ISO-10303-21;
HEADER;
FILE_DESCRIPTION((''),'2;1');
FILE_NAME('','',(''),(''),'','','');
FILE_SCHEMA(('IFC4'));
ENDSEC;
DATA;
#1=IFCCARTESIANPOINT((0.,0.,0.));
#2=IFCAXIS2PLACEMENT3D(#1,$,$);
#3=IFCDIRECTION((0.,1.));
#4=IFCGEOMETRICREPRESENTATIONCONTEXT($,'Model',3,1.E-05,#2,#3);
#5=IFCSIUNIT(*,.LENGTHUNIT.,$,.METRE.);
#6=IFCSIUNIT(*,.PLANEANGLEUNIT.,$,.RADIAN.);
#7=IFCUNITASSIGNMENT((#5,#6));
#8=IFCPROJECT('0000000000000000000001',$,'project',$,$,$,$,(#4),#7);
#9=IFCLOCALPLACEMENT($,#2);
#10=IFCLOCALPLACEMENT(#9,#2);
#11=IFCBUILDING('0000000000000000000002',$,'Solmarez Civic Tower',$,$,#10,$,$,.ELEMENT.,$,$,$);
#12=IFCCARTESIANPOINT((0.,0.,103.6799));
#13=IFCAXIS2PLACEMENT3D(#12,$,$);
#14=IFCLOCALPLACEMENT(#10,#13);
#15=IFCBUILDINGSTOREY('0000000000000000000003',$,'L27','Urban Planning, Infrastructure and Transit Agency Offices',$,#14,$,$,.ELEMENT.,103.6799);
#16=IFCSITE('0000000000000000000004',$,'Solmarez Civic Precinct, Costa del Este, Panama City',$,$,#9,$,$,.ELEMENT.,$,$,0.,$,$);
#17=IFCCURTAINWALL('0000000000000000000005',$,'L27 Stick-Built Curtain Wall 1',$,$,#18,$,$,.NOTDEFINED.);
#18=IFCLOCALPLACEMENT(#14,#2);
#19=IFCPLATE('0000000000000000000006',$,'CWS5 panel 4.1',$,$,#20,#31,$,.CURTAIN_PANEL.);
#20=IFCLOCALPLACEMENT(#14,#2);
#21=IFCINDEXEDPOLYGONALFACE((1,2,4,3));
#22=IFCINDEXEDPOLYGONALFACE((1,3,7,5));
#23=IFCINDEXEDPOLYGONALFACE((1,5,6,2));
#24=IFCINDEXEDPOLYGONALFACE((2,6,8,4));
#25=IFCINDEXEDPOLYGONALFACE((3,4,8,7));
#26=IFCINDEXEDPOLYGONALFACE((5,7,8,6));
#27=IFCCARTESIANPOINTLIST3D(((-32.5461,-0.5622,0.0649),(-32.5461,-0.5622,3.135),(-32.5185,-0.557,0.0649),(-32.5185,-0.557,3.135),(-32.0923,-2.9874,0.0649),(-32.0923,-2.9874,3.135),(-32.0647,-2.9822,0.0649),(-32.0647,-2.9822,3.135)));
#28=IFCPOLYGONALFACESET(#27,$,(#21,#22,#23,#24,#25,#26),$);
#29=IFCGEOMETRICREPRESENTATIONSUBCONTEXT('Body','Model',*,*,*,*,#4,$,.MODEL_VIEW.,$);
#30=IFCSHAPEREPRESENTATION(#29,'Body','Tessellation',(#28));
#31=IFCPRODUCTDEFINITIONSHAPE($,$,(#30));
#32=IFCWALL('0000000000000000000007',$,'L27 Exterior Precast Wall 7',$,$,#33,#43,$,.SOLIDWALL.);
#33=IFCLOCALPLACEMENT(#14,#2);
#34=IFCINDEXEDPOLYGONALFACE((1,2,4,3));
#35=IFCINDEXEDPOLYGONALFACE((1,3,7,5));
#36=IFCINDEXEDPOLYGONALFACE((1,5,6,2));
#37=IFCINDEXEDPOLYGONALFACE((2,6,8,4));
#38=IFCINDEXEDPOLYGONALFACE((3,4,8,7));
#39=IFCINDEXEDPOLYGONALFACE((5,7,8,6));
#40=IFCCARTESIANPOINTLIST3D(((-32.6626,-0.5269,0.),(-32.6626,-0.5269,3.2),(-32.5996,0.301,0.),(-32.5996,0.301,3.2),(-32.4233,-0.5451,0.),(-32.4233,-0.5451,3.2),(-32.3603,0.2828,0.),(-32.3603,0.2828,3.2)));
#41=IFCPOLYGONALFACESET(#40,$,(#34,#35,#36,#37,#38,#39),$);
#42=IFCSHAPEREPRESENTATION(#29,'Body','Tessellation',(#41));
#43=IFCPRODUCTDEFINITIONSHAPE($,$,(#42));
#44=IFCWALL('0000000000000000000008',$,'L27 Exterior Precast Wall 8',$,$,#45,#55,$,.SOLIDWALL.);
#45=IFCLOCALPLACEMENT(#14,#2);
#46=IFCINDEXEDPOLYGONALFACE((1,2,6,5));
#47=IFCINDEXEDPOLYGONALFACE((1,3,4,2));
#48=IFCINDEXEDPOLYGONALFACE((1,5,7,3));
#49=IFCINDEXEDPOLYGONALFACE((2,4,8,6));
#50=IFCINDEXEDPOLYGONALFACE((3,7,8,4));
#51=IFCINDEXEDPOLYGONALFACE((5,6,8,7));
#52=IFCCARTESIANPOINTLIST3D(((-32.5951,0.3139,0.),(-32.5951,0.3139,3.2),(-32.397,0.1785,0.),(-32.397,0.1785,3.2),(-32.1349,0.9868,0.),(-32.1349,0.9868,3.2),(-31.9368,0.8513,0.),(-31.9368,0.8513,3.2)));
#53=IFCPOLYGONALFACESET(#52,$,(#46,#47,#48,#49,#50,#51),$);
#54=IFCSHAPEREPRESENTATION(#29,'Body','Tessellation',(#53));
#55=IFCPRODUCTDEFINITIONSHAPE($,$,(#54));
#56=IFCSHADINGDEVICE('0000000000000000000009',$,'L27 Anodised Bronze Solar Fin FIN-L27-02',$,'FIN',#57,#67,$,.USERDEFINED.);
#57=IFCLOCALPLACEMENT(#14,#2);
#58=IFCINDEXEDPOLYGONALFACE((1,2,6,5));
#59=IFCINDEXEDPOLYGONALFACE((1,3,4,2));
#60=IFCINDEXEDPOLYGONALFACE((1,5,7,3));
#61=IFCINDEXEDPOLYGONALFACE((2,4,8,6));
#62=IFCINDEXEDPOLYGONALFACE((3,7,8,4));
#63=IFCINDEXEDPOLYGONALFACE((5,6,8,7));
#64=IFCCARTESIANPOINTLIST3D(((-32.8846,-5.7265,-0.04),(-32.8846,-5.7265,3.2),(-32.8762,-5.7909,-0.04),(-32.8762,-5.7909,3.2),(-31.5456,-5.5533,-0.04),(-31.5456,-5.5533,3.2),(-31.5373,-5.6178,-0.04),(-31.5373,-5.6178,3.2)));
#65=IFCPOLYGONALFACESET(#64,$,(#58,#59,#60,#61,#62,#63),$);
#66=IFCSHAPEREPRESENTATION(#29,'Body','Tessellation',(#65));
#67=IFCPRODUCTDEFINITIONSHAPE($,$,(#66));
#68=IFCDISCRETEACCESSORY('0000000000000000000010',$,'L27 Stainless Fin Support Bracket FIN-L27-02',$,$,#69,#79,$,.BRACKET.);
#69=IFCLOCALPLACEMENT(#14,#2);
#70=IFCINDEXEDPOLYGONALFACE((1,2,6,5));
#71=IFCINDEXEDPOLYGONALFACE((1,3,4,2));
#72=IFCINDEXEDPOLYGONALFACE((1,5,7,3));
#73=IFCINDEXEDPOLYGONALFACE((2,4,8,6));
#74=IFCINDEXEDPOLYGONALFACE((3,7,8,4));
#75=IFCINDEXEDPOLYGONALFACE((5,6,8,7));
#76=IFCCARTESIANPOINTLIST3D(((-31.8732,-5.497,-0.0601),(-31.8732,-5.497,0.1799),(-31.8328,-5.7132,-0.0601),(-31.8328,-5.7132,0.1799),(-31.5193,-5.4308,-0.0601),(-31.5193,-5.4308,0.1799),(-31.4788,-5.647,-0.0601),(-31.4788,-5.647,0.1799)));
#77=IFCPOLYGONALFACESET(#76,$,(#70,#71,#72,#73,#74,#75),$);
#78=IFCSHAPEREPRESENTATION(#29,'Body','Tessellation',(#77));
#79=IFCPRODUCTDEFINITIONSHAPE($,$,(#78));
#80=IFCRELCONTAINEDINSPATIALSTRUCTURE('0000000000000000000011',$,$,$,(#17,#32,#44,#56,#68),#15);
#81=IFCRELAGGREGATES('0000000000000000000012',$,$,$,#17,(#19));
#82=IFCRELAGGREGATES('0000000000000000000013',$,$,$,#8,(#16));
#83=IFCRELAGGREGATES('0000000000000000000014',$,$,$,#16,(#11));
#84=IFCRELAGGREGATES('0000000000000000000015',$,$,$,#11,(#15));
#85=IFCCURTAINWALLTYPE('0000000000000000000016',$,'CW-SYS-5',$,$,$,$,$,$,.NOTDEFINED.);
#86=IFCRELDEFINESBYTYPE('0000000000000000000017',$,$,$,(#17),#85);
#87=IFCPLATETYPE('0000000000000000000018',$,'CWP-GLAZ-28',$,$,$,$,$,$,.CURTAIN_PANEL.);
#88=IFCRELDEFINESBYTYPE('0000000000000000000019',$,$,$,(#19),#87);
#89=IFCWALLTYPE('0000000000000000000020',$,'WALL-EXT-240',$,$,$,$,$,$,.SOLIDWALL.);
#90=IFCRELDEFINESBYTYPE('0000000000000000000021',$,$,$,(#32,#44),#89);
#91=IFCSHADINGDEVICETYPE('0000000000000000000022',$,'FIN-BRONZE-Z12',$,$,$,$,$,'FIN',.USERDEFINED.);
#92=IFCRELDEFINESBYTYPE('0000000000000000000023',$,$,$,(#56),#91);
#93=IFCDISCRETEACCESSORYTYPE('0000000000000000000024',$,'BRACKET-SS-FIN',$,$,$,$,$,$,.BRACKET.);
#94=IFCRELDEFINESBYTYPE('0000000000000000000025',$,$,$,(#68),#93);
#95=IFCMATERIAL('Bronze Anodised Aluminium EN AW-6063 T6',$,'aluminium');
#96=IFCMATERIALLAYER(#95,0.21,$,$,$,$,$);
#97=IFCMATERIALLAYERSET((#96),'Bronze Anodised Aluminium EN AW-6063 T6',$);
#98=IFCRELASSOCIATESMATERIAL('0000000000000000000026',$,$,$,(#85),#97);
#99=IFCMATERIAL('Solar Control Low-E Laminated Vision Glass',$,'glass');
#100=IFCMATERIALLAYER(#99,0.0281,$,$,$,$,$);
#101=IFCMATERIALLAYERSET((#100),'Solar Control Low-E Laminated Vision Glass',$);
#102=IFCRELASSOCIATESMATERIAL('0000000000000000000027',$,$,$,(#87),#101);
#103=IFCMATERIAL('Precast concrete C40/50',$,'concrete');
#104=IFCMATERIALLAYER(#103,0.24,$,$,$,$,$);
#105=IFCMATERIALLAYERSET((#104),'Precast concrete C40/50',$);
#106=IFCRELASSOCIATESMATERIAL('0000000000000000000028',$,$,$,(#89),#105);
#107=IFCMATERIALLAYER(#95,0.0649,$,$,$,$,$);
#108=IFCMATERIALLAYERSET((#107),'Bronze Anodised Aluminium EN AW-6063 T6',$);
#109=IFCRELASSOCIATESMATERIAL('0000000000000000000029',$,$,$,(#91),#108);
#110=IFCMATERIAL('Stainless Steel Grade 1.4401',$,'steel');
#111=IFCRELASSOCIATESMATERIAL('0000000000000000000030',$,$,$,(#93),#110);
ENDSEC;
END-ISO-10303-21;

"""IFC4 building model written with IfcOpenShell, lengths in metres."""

from ifc_helpers import new_model, si_unit, direction, frame, frame_2d, origin, origin_2d, place, context, subcontext, project, spatial, rectangle, extrude, material, layer, layer_set, type_object, element, aggregate, save


model = new_model("IFC4")

# Units and contexts
model_context = context("Model", 3, precision=1e-05, world=origin(), true_north=direction((0.0, 1.0)))
body_context = subcontext(model_context, "Body", "Model", "MODEL_VIEW")
ifc_project = project(units=[si_unit("LENGTHUNIT", "METRE"), si_unit("PLANEANGLEUNIT", "RADIAN")], contexts=[model_context])

# Site, building, storey
site_placement = place(None, origin())
site = spatial("IfcSite", under=ifc_project, at=site_placement, Name="Solmarez Civic Precinct, Costa del Este, Panama City", CompositionType="ELEMENT", RefElevation=0.0)
building_placement = place(site_placement, origin())
building = spatial("IfcBuilding", under=site, at=building_placement, Name="Solmarez Civic Tower", CompositionType="ELEMENT")
storey_placement = place(building_placement, frame((0.0, 0.0, 103.6799)))
storey = spatial("IfcBuildingStorey", under=building, at=storey_placement, Name="L27", Description="Urban Planning, Infrastructure and Transit Agency Offices", CompositionType="ELEMENT", Elevation=103.6799)

# Curtain wall, plate
ifc_material_1 = material(Name="Bronze Anodised Aluminium EN AW-6063 T6", Category="aluminium")
ifc_layer_1 = layer(ifc_material_1, 0.21)
ifc_layer_set_1 = layer_set([ifc_layer_1], Name="Bronze Anodised Aluminium EN AW-6063 T6")
curtain_wall_type = type_object("IfcCurtainWallType", Name="CW-SYS-5", PredefinedType="NOTDEFINED", material=ifc_layer_set_1)
curtain_wall_placement = place(storey_placement, origin())
curtain_wall = element("IfcCurtainWall", 1, at=curtain_wall_placement, inside=storey, type_object=curtain_wall_type, Name="L27 Stick-Built Curtain Wall 1", PredefinedType="NOTDEFINED")
ifc_material_2 = material(Name="Solar Control Low-E Laminated Vision Glass", Category="glass")
ifc_layer_2 = layer(ifc_material_2, 0.0281)
ifc_layer_set_2 = layer_set([ifc_layer_2], Name="Solar Control Low-E Laminated Vision Glass")
plate_type = type_object("IfcPlateType", Name="CWP-GLAZ-28", PredefinedType="CURTAIN_PANEL", material=ifc_layer_set_2)
plate_1_placement = place(storey_placement, frame((-32.3054, -1.7722, 0.0649), z_axis=(0.0, 0.0, 1.0), x_axis=(-0.183932, 0.982939, 0.0)))
plate_1 = element("IfcPlate", 2, at=plate_1_placement, type_object=plate_type, Name="CWS5 panel 4.1", PredefinedType="CURTAIN_PANEL", context=body_context, shape_type="SweptSolid", body=[
    extrude(rectangle(XDim=2.4673, YDim=0.0281, at=origin_2d()), origin(), (0.0, 0.0, 1.0), 3.0701),
])
aggregate(curtain_wall, [plate_1])

# Walls
ifc_material_3 = material(Name="Precast concrete C40/50", Category="concrete")
ifc_layer_3 = layer(ifc_material_3, 0.24)
ifc_layer_set_3 = layer_set([ifc_layer_3], Name="Precast concrete C40/50")
wall_type = type_object("IfcWallType", Name="WALL-EXT-240", PredefinedType="SOLIDWALL", material=ifc_layer_set_3)
wall_1_placement = place(storey_placement, frame((-32.543, -0.5359, 0.0), z_axis=(0.0, 0.0, 1.0), x_axis=(0.075864, 0.997118, 0.0)))
element("IfcWall", 3, at=wall_1_placement, inside=storey, type_object=wall_type, Name="L27 Exterior Precast Wall 7", PredefinedType="SOLIDWALL", context=body_context, shape_type="SweptSolid", body=[
    extrude(rectangle(XDim=0.8303, YDim=0.24, at=frame_2d((0.415, 0.0))), origin(), (0.0, 0.0, 1.0), 3.2),
])
wall_2_placement = place(storey_placement, frame((-32.4961, 0.2461, 0.0), z_axis=(0.0, 0.0, 1.0), x_axis=(0.564544, 0.825403, 0.0)))
element("IfcWall", 4, at=wall_2_placement, inside=storey, type_object=wall_type, Name="L27 Exterior Precast Wall 8", PredefinedType="SOLIDWALL", context=body_context, shape_type="SweptSolid", body=[
    extrude(rectangle(XDim=0.8152, YDim=0.24, at=frame_2d((0.4077, 0.0))), origin(), (0.0, 0.0, 1.0), 3.2),
])

# Shading device
ifc_layer_4 = layer(ifc_material_1, 0.0649)
ifc_layer_set_4 = layer_set([ifc_layer_4], Name="Bronze Anodised Aluminium EN AW-6063 T6")
shading_device_type = type_object("IfcShadingDeviceType", Name="FIN-BRONZE-Z12", ElementType="FIN", PredefinedType="USERDEFINED", material=ifc_layer_set_4)
shading_device_placement = place(storey_placement, frame((-32.2109, -5.6721, -0.04), z_axis=(0.0, 0.0, 1.0), x_axis=(-0.991743, -0.128242, 0.0)))
element("IfcShadingDevice", 5, at=shading_device_placement, inside=storey, type_object=shading_device_type, Name="L27 Anodised Bronze Solar Fin FIN-L27-02", ObjectType="FIN", PredefinedType="USERDEFINED", context=body_context, shape_type="SweptSolid", body=[
    extrude(rectangle(XDim=1.3501, YDim=0.0649, at=origin_2d()), origin(), (0.0, 0.0, 1.0), 3.24),
])

# Discrete accessory
ifc_material_4 = material(Name="Stainless Steel Grade 1.4401", Category="steel")
discrete_accessory_type = type_object("IfcDiscreteAccessoryType", Name="BRACKET-SS-FIN", PredefinedType="BRACKET", material=ifc_material_4)
discrete_accessory_placement = place(storey_placement, frame((-31.676, -5.572, -0.0601), z_axis=(0.0, 0.0, 1.0), x_axis=(-0.98295, -0.183871, 0.0)))
element("IfcDiscreteAccessory", 6, at=discrete_accessory_placement, inside=storey, type_object=discrete_accessory_type, Name="L27 Stainless Fin Support Bracket FIN-L27-02", PredefinedType="BRACKET", context=body_context, shape_type="SweptSolid", body=[
    extrude(rectangle(XDim=0.3601, YDim=0.22, at=origin_2d()), origin(), (0.0, 0.0, 1.0), 0.24),
])

save(model, "model.ifc")
